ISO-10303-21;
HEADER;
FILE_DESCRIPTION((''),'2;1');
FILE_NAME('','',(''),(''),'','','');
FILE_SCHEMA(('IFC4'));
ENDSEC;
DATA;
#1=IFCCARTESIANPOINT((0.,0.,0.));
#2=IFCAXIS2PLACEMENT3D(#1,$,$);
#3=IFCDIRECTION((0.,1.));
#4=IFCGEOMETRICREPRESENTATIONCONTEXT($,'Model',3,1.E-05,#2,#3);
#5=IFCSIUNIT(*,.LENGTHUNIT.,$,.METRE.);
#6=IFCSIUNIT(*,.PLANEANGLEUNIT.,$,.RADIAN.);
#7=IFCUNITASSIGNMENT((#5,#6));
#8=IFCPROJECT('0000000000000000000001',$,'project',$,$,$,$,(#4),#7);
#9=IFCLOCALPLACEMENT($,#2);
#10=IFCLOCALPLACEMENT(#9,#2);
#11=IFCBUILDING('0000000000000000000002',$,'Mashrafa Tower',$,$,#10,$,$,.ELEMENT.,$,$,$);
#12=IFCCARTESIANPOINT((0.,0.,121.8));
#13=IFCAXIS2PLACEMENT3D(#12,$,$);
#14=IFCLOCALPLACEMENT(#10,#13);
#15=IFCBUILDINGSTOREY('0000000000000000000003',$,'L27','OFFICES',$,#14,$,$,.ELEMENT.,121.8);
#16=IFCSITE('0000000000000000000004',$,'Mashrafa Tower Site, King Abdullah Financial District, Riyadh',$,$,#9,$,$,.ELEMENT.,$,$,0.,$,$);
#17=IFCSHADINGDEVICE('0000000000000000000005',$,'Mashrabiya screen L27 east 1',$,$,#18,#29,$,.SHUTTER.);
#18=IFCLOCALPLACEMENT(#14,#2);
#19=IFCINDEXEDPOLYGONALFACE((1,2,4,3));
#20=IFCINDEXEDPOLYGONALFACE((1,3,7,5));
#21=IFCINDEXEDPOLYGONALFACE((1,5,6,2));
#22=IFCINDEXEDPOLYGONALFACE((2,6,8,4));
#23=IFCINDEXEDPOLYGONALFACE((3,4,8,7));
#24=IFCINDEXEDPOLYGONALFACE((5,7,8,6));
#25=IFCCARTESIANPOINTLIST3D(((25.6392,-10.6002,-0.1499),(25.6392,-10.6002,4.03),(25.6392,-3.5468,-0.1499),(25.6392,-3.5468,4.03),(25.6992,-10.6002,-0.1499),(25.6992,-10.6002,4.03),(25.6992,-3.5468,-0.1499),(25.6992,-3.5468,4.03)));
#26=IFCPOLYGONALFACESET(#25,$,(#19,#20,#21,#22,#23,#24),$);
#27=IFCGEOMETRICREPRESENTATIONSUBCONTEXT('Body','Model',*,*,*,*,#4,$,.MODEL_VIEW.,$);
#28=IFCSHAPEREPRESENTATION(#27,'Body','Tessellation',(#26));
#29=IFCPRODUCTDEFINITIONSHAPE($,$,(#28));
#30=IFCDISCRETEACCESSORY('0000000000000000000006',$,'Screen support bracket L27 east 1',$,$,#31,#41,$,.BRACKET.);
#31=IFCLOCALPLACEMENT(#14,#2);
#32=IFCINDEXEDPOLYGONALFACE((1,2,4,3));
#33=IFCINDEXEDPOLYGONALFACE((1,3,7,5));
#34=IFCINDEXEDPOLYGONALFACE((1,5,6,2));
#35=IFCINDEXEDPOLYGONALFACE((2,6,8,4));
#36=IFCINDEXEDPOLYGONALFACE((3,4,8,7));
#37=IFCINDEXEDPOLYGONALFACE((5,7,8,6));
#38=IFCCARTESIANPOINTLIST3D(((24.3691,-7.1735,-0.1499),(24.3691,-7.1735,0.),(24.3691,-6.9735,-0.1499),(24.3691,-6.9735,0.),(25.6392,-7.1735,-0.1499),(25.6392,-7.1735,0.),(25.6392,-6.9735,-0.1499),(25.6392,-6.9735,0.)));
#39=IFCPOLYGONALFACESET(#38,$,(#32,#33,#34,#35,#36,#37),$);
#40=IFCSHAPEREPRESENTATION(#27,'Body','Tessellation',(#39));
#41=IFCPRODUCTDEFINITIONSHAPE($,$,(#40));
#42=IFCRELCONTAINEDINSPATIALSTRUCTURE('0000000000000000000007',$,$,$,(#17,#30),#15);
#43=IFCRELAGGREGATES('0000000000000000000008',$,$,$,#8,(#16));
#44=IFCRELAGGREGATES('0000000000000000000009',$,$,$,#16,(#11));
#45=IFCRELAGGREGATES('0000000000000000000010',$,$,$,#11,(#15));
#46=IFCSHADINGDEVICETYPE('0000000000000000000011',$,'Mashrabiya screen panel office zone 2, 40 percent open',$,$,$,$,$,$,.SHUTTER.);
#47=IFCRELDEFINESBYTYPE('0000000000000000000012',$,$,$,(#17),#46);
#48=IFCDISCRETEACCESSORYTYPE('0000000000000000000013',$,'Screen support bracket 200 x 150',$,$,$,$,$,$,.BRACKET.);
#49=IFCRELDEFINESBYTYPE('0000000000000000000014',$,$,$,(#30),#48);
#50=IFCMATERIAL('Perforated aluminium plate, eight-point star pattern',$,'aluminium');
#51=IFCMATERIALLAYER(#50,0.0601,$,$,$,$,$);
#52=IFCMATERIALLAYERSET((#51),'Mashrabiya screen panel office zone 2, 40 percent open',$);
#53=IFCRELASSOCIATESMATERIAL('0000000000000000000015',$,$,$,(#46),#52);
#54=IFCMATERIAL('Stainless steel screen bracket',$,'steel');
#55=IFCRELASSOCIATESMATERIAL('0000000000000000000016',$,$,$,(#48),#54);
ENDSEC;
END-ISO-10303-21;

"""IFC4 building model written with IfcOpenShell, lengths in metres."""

from ifc_helpers import new_model, si_unit, direction, frame, origin, origin_2d, place, context, subcontext, project, spatial, rectangle, extrude, source, transform, mapped, material, layer, layer_set, type_object, type_shapes, element, save


model = new_model("IFC4")

# Units and contexts
model_context = context("Model", 3, precision=1e-05, world=origin(), true_north=direction((0.0, 1.0)))
body_context = subcontext(model_context, "Body", "Model", "MODEL_VIEW")
ifc_project = project(units=[si_unit("LENGTHUNIT", "METRE"), si_unit("PLANEANGLEUNIT", "RADIAN")], contexts=[model_context])

# Site, building, storey
site_placement = place(None, origin())
site = spatial("IfcSite", under=ifc_project, at=site_placement, Name="Mashrafa Tower Site, King Abdullah Financial District, Riyadh", CompositionType="ELEMENT", RefElevation=0.0)
building_placement = place(site_placement, origin())
building = spatial("IfcBuilding", under=site, at=building_placement, Name="Mashrafa Tower", CompositionType="ELEMENT")
storey_placement = place(building_placement, frame((0.0, 0.0, 121.8)))
storey = spatial("IfcBuildingStorey", under=building, at=storey_placement, Name="L27", Description="OFFICES", CompositionType="ELEMENT", Elevation=121.8)

# Shading device
ifc_material_1 = material(Name="Perforated aluminium plate, eight-point star pattern", Category="aluminium")
ifc_layer_1 = layer(ifc_material_1, 0.0601)
ifc_layer_set_1 = layer_set([ifc_layer_1], Name="Mashrabiya screen panel office zone 2, 40 percent open")
shading_device_type = type_object("IfcShadingDeviceType", Name="Mashrabiya screen panel office zone 2, 40 percent open", PredefinedType="SHUTTER", material=ifc_layer_set_1)
shared_shape_1 = source(origin(), body_context, "Body", "SweptSolid", [
    extrude(rectangle(XDim=7.0535, YDim=0.0601, at=origin_2d()), origin(), (0.0, 0.0, 1.0), 4.1799),
])
type_shapes(shading_device_type, [shared_shape_1])
shading_device_placement = place(storey_placement, frame((25.6692, -7.0735, -0.1499), z_axis=(0.0, 0.0, 1.0), x_axis=(0.0, 1.0, 0.0)))
element("IfcShadingDevice", 1, at=shading_device_placement, inside=storey, type_object=shading_device_type, Name="Mashrabiya screen L27 east 1", PredefinedType="SHUTTER", context=body_context, shape_type="MappedRepresentation", body=[
    mapped(shared_shape_1, transform((0.0, 0.0, 0.0))),
])

# Discrete accessory
ifc_material_2 = material(Name="Stainless steel screen bracket", Category="steel")
discrete_accessory_type = type_object("IfcDiscreteAccessoryType", Name="Screen support bracket 200 x 150", PredefinedType="BRACKET", material=ifc_material_2)
shared_shape_2 = source(origin(), body_context, "Body", "SweptSolid", [
    extrude(rectangle(XDim=0.2, YDim=1.27, at=origin_2d()), origin(), (0.0, 0.0, 1.0), 0.1499),
])
type_shapes(discrete_accessory_type, [shared_shape_2])
discrete_accessory_placement = place(storey_placement, frame((25.0042, -7.0735, -0.1499), z_axis=(0.0, 0.0, 1.0), x_axis=(0.0, 1.0, 0.0)))
element("IfcDiscreteAccessory", 2, at=discrete_accessory_placement, inside=storey, type_object=discrete_accessory_type, Name="Screen support bracket L27 east 1", PredefinedType="BRACKET", context=body_context, shape_type="MappedRepresentation", body=[
    mapped(shared_shape_2, transform((0.0, 0.0, 0.0))),
])

save(model, "model.ifc")
